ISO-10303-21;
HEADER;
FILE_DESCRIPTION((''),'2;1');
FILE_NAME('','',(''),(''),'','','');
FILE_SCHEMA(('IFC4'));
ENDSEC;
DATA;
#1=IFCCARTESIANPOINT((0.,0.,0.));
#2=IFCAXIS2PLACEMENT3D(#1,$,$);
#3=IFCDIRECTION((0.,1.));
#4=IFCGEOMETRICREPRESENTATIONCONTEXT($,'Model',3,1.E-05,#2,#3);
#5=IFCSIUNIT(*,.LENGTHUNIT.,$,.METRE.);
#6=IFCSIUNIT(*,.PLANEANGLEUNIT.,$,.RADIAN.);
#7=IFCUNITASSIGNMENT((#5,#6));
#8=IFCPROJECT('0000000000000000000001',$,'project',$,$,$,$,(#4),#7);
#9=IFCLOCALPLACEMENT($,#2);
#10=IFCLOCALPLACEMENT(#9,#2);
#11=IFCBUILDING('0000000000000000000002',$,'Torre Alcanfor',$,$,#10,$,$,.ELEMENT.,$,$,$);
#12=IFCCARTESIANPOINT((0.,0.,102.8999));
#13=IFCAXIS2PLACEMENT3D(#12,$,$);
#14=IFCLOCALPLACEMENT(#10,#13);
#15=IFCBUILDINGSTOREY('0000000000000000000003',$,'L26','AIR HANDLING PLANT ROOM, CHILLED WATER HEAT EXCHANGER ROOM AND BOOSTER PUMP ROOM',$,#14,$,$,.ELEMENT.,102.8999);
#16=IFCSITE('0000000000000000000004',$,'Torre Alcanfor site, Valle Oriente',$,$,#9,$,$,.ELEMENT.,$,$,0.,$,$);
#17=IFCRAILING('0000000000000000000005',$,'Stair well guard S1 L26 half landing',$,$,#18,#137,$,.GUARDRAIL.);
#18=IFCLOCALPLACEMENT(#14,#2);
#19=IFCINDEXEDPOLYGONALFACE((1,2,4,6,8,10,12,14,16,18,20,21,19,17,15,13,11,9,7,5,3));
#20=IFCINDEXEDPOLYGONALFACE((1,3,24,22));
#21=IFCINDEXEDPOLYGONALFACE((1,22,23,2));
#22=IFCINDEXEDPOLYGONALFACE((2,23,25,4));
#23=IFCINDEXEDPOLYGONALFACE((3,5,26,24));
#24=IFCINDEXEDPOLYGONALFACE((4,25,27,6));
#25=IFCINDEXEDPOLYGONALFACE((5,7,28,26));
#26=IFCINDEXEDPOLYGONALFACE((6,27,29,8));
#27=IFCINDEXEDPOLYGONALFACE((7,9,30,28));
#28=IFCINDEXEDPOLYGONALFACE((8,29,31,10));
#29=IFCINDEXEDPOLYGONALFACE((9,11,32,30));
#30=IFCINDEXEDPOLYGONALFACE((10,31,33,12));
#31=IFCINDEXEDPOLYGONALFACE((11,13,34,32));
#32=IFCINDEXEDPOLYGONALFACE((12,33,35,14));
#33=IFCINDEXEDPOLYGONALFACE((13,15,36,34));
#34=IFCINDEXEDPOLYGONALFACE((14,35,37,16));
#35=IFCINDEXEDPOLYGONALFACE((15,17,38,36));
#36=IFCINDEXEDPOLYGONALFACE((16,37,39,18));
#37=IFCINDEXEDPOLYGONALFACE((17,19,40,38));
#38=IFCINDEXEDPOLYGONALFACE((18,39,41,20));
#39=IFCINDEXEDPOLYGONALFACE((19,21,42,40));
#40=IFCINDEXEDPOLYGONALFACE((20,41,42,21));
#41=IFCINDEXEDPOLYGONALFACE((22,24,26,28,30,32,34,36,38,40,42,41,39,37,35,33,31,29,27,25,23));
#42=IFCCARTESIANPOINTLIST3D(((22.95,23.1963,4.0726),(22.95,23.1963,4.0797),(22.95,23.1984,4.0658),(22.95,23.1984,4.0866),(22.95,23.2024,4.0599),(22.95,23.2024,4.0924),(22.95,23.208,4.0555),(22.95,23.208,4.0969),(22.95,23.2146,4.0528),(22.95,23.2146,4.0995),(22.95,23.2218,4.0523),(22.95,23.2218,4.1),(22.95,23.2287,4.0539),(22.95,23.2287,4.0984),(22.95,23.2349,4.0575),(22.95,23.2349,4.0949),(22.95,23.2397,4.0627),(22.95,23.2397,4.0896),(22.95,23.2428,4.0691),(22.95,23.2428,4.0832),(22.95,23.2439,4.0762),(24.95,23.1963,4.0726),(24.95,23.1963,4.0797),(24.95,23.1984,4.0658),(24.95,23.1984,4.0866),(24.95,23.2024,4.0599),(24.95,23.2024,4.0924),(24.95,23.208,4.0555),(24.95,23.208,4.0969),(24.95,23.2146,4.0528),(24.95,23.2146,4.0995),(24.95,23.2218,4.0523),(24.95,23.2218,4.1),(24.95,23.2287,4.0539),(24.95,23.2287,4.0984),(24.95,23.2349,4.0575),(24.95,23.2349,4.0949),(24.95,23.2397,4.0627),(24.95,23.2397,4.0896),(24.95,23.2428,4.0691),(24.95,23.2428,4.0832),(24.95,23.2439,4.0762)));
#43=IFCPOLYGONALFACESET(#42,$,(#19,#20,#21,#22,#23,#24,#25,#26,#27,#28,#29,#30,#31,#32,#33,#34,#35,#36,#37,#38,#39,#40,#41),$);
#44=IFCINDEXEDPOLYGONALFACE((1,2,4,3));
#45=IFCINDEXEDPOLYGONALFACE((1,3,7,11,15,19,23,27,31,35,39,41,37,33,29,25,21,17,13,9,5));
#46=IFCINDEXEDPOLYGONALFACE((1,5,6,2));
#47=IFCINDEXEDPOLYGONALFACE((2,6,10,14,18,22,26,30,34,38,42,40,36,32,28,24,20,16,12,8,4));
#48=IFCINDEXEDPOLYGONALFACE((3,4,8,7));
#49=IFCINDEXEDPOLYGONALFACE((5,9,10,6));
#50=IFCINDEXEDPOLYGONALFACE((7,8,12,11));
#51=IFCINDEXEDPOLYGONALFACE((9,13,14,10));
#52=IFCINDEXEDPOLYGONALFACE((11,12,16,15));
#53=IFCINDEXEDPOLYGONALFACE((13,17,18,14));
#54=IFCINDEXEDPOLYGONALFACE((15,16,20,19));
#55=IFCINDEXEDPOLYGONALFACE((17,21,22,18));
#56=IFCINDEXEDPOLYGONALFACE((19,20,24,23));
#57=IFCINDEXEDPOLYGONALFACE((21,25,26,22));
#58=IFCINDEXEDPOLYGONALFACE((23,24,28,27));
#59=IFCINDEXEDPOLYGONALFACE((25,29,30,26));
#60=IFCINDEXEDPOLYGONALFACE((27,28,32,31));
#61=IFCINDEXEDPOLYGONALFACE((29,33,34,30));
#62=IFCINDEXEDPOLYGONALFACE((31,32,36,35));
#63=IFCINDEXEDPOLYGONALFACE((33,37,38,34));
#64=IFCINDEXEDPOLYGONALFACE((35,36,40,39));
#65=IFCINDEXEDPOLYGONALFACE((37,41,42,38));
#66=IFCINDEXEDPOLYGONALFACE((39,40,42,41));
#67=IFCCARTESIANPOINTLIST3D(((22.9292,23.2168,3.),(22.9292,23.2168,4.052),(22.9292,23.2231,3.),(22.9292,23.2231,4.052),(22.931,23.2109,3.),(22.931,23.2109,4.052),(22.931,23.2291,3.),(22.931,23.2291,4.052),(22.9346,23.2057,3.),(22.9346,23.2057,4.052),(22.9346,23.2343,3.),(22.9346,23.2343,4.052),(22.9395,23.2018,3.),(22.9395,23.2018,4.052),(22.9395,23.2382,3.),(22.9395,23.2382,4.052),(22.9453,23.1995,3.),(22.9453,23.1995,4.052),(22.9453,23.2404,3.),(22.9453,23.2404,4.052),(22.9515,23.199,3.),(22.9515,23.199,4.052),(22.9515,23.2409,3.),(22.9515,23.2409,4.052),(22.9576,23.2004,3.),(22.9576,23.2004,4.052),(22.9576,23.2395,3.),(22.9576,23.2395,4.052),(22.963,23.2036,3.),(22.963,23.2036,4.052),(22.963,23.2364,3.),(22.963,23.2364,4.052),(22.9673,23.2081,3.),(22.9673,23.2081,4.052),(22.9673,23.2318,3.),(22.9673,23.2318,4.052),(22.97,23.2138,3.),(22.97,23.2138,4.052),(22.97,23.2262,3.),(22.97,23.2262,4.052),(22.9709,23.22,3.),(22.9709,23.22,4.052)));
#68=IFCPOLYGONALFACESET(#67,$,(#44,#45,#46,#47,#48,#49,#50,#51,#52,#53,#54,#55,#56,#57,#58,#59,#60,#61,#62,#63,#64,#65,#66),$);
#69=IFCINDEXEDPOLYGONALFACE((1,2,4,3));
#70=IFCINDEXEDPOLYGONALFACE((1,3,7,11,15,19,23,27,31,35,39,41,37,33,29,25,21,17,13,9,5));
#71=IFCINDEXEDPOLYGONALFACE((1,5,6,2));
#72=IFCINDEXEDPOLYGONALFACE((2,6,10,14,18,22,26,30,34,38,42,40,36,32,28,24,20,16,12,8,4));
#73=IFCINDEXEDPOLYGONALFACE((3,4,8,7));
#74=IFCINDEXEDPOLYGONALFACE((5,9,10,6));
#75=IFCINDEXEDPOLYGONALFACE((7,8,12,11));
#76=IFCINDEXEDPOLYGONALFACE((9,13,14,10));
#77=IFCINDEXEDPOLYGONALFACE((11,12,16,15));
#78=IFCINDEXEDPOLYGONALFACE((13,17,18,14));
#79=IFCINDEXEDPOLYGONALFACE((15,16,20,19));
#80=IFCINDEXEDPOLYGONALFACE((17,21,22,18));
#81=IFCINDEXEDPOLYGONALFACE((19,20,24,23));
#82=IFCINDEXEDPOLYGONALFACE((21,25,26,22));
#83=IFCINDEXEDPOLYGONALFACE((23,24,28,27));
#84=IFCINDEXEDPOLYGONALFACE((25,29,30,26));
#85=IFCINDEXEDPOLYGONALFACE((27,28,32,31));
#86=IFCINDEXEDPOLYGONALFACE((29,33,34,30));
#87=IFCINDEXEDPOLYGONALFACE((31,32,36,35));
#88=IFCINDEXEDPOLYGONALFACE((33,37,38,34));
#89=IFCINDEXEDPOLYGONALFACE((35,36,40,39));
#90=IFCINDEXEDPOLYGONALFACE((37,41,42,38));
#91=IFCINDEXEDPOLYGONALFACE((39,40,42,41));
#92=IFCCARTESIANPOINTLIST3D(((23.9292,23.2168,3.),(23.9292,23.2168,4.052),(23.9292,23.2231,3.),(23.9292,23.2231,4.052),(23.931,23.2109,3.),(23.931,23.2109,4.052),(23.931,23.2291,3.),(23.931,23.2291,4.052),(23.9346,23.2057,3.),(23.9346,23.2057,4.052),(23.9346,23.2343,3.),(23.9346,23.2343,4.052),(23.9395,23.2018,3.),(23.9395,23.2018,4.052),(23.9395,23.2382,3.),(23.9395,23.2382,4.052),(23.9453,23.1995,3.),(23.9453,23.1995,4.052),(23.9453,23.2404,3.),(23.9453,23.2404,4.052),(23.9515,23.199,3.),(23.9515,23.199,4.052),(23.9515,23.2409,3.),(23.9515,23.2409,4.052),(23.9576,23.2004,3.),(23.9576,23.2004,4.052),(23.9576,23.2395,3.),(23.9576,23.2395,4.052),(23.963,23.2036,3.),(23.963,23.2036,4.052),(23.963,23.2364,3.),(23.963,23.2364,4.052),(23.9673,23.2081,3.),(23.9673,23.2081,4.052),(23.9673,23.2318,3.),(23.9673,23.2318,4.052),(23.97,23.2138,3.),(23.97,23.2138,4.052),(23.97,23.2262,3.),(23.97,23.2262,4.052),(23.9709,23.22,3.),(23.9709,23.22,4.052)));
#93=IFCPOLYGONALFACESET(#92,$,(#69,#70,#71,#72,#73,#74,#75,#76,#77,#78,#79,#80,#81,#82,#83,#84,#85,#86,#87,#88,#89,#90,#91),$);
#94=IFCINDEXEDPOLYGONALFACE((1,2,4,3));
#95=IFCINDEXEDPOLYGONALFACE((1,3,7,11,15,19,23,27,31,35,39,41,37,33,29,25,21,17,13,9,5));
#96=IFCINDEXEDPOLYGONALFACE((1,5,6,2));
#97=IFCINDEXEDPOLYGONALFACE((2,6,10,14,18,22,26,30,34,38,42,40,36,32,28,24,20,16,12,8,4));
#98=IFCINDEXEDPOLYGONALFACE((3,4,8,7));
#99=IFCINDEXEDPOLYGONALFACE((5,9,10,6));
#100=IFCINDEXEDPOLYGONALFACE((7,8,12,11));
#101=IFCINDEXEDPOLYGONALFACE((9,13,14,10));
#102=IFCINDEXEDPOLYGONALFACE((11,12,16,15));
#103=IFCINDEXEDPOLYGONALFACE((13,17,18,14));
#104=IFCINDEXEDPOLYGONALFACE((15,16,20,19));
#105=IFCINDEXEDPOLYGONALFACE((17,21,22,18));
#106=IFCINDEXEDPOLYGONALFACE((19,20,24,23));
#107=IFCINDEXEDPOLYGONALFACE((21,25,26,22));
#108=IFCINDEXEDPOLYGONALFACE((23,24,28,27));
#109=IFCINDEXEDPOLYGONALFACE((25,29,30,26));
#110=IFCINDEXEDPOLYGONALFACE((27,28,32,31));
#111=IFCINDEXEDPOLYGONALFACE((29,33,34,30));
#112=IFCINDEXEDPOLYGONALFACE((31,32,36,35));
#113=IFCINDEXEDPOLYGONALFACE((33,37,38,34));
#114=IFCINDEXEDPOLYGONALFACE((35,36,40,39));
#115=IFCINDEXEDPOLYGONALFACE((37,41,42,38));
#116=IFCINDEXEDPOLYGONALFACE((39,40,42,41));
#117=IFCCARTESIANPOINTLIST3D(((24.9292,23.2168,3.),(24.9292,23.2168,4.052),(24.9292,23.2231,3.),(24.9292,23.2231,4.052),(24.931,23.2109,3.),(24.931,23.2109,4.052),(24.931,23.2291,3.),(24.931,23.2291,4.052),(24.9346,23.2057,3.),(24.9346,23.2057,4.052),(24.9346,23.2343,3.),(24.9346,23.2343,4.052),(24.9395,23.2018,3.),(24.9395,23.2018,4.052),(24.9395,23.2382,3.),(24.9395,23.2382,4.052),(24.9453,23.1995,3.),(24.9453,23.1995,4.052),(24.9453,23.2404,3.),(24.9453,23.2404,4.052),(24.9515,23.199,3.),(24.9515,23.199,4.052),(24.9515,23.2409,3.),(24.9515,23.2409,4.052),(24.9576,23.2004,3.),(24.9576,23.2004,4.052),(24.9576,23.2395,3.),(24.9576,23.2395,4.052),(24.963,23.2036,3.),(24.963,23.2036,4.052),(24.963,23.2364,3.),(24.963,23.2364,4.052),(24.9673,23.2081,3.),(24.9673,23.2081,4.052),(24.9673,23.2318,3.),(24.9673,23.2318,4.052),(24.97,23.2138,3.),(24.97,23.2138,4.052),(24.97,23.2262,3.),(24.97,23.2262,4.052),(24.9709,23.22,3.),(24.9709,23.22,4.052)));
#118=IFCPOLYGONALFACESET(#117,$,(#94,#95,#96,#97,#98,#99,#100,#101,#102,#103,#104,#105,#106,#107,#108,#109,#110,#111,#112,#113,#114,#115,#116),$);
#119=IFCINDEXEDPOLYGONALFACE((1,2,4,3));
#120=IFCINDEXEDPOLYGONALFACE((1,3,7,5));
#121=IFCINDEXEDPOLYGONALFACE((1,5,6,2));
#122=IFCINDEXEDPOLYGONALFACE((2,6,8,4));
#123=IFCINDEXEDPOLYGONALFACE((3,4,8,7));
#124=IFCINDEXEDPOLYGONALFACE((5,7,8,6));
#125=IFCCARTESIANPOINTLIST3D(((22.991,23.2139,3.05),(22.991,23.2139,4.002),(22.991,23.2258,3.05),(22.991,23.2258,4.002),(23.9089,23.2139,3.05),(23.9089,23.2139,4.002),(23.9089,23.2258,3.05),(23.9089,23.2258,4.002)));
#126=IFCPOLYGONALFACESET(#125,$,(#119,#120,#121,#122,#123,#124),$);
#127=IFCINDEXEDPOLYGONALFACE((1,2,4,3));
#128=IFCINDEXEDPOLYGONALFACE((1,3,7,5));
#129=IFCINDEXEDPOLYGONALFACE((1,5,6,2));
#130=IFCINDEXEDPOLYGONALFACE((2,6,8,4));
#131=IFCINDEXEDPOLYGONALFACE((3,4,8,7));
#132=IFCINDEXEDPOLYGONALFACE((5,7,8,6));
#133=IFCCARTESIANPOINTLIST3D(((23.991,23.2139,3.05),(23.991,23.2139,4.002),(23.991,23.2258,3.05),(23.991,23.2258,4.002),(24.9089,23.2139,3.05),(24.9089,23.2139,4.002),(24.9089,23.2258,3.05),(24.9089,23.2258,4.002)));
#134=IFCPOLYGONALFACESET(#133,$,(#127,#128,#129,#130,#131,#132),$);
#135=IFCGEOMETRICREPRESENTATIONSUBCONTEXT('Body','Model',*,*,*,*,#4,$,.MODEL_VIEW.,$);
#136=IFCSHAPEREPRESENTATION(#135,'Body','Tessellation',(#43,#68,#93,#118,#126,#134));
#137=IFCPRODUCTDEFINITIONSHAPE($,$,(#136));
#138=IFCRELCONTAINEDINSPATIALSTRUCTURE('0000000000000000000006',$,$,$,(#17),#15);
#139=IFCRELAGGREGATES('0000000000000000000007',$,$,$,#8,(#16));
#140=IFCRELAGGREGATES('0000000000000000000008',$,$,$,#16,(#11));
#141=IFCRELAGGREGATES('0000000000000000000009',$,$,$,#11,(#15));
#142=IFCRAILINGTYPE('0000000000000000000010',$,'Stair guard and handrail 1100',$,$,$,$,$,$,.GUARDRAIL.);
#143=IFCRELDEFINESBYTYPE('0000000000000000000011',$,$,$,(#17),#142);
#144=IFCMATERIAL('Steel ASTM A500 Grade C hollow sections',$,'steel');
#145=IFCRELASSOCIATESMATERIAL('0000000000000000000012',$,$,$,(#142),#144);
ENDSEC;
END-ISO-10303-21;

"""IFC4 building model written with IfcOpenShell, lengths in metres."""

from ifc_helpers import new_model, si_unit, direction, frame, origin, origin_2d, place, context, subcontext, project, spatial, polyline, circle, outline, extrude, material, type_object, element, save


model = new_model("IFC4")

# Units and contexts
model_context = context("Model", 3, precision=1e-05, world=origin(), true_north=direction((0.0, 1.0)))
body_context = subcontext(model_context, "Body", "Model", "MODEL_VIEW")
ifc_project = project(units=[si_unit("LENGTHUNIT", "METRE"), si_unit("PLANEANGLEUNIT", "RADIAN")], contexts=[model_context])

# Site, building, storey
site_placement = place(None, origin())
site = spatial("IfcSite", under=ifc_project, at=site_placement, Name="Torre Alcanfor site, Valle Oriente", CompositionType="ELEMENT", RefElevation=0.0)
building_placement = place(site_placement, origin())
building = spatial("IfcBuilding", under=site, at=building_placement, Name="Torre Alcanfor", CompositionType="ELEMENT")
storey_placement = place(building_placement, frame((0.0, 0.0, 102.8999)))
storey = spatial("IfcBuildingStorey", under=building, at=storey_placement, Name="L26", Description="AIR HANDLING PLANT ROOM, CHILLED WATER HEAT EXCHANGER ROOM AND BOOSTER PUMP ROOM", CompositionType="ELEMENT", Elevation=102.8999)

# Railing
ifc_material_1 = material(Name="Steel ASTM A500 Grade C hollow sections", Category="steel")
railing_type_1 = type_object("IfcRailingType", Name="Stair guard and handrail 1100", PredefinedType="GUARDRAIL", material=ifc_material_1)
for number, where, name in (
    (1, (22.95, 23.22, 3.0), "Stair well guard S1 L26 half landing"),
):
    element("IfcRailing", number, at=place(storey_placement, frame(where)), inside=storey, type_object=railing_type_1, Name=name, PredefinedType="GUARDRAIL", context=body_context, shape_type="SweptSolid", body=[
        extrude(circle(Radius=0.0239, at=origin_2d()), frame((0.0, 0.0, 1.0762), z_axis=(1.0, 0.0, 0.0), x_axis=(0.0, 1.0, 0.0)), (0.0, 0.0, 1.0), 2.0),
        extrude(circle(Radius=0.021, at=origin_2d()), origin(), (0.0, 0.0, 1.0), 1.052),
        extrude(circle(Radius=0.021, at=origin_2d()), frame((1.0, 0.0, 0.0)), (0.0, 0.0, 1.0), 1.052),
        extrude(circle(Radius=0.021, at=origin_2d()), frame((2.0, 0.0, 0.0)), (0.0, 0.0, 1.0), 1.052),
        extrude(outline(polyline([(0.041, 0.05), (0.959, 0.05), (0.959, 1.002), (0.041, 1.002), (0.041, 0.05)])), frame((0.0, 0.0059, 0.0), z_axis=(0.0, -1.0, 0.0), x_axis=(1.0, 0.0, 0.0)), (0.0, 0.0, 1.0), 0.012),
        extrude(outline(polyline([(1.041, 0.05), (1.959, 0.05), (1.959, 1.002), (1.041, 1.002), (1.041, 0.05)])), frame((0.0, 0.0059, 0.0), z_axis=(0.0, -1.0, 0.0), x_axis=(1.0, 0.0, 0.0)), (0.0, 0.0, 1.0), 0.012),
    ])

save(model, "model.ifc")
